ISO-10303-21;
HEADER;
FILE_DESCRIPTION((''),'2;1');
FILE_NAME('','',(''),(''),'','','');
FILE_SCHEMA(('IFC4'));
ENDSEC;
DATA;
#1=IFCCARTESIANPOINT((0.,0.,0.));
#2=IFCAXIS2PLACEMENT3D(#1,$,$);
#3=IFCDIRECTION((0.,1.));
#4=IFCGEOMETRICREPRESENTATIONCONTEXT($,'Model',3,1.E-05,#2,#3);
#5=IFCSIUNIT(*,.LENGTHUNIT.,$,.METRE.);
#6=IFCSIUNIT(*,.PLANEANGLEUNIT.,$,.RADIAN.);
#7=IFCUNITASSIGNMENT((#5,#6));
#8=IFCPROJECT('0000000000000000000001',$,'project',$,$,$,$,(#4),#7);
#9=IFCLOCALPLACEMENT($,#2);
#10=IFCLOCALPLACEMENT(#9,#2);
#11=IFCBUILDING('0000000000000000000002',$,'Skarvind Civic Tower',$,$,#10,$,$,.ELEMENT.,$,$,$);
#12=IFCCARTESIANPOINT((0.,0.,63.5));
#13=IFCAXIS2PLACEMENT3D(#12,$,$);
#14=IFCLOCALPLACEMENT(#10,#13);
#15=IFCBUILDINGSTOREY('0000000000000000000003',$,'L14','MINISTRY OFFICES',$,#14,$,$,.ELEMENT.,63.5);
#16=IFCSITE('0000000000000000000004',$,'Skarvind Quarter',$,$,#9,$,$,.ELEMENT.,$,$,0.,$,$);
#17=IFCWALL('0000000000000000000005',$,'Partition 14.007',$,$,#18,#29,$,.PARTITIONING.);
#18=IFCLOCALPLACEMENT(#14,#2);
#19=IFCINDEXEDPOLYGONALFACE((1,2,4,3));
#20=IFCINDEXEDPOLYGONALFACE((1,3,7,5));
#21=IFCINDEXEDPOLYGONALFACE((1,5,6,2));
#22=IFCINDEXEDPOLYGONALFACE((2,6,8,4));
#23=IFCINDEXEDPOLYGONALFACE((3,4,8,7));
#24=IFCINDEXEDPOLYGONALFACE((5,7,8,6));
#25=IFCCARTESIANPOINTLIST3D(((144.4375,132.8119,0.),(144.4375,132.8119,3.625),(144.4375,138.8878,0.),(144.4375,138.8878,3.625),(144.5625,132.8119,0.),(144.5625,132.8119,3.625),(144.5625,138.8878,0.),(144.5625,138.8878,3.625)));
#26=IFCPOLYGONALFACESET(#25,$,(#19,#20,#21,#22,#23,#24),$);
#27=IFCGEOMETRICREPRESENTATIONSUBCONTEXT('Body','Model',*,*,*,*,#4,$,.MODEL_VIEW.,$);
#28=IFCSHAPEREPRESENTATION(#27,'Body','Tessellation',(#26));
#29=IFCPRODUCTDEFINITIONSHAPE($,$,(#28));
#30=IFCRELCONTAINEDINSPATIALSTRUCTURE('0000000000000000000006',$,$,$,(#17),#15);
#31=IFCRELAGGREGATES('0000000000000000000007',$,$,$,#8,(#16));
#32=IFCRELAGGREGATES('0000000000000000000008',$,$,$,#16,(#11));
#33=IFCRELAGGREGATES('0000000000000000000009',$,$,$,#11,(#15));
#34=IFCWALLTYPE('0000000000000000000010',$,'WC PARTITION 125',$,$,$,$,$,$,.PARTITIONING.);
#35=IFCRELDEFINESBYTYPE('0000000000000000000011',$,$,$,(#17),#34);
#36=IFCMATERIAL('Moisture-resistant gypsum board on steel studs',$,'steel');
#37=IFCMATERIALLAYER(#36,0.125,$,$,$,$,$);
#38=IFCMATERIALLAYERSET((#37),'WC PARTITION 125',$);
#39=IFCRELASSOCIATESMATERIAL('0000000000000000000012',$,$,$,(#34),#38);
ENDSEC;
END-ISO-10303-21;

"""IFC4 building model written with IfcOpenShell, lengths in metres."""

from ifc_helpers import new_model, si_unit, direction, frame, frame_2d, origin, place, context, subcontext, project, spatial, rectangle, extrude, material, layer, layer_set, type_object, element, save


model = new_model("IFC4")

# Units and contexts
model_context = context("Model", 3, precision=1e-05, world=origin(), true_north=direction((0.0, 1.0)))
body_context = subcontext(model_context, "Body", "Model", "MODEL_VIEW")
ifc_project = project(units=[si_unit("LENGTHUNIT", "METRE"), si_unit("PLANEANGLEUNIT", "RADIAN")], contexts=[model_context])

# Site, building, storey
site_placement = place(None, origin())
site = spatial("IfcSite", under=ifc_project, at=site_placement, Name="Skarvind Quarter", CompositionType="ELEMENT", RefElevation=0.0)
building_placement = place(site_placement, origin())
building = spatial("IfcBuilding", under=site, at=building_placement, Name="Skarvind Civic Tower", CompositionType="ELEMENT")
storey_placement = place(building_placement, frame((0.0, 0.0, 63.5)))
storey = spatial("IfcBuildingStorey", under=building, at=storey_placement, Name="L14", Description="MINISTRY OFFICES", CompositionType="ELEMENT", Elevation=63.5)

# Shared definitions
ifc_material_1 = material(Name="Moisture-resistant gypsum board on steel studs", Category="steel")
ifc_layer_1 = layer(ifc_material_1, 0.125)
ifc_layer_set_1 = layer_set([ifc_layer_1], Name="WC PARTITION 125")
wall_type_1 = type_object("IfcWallType", Name="WC PARTITION 125", PredefinedType="PARTITIONING", material=ifc_layer_set_1)

# Wall
wall_1_placement = place(storey_placement, frame((144.5, 138.8879, 0.0), z_axis=(0.0, 0.0, 1.0), x_axis=(0.0, -1.0, 0.0)))
element("IfcWall", 1, at=wall_1_placement, inside=storey, type_object=wall_type_1, Name="Partition 14.007", PredefinedType="PARTITIONING", context=body_context, shape_type="SweptSolid", body=[
    extrude(rectangle(XDim=6.0759, YDim=0.125, at=frame_2d((3.0381, 0.0))), origin(), (0.0, 0.0, 1.0), 3.625),
])

save(model, "model.ifc")
